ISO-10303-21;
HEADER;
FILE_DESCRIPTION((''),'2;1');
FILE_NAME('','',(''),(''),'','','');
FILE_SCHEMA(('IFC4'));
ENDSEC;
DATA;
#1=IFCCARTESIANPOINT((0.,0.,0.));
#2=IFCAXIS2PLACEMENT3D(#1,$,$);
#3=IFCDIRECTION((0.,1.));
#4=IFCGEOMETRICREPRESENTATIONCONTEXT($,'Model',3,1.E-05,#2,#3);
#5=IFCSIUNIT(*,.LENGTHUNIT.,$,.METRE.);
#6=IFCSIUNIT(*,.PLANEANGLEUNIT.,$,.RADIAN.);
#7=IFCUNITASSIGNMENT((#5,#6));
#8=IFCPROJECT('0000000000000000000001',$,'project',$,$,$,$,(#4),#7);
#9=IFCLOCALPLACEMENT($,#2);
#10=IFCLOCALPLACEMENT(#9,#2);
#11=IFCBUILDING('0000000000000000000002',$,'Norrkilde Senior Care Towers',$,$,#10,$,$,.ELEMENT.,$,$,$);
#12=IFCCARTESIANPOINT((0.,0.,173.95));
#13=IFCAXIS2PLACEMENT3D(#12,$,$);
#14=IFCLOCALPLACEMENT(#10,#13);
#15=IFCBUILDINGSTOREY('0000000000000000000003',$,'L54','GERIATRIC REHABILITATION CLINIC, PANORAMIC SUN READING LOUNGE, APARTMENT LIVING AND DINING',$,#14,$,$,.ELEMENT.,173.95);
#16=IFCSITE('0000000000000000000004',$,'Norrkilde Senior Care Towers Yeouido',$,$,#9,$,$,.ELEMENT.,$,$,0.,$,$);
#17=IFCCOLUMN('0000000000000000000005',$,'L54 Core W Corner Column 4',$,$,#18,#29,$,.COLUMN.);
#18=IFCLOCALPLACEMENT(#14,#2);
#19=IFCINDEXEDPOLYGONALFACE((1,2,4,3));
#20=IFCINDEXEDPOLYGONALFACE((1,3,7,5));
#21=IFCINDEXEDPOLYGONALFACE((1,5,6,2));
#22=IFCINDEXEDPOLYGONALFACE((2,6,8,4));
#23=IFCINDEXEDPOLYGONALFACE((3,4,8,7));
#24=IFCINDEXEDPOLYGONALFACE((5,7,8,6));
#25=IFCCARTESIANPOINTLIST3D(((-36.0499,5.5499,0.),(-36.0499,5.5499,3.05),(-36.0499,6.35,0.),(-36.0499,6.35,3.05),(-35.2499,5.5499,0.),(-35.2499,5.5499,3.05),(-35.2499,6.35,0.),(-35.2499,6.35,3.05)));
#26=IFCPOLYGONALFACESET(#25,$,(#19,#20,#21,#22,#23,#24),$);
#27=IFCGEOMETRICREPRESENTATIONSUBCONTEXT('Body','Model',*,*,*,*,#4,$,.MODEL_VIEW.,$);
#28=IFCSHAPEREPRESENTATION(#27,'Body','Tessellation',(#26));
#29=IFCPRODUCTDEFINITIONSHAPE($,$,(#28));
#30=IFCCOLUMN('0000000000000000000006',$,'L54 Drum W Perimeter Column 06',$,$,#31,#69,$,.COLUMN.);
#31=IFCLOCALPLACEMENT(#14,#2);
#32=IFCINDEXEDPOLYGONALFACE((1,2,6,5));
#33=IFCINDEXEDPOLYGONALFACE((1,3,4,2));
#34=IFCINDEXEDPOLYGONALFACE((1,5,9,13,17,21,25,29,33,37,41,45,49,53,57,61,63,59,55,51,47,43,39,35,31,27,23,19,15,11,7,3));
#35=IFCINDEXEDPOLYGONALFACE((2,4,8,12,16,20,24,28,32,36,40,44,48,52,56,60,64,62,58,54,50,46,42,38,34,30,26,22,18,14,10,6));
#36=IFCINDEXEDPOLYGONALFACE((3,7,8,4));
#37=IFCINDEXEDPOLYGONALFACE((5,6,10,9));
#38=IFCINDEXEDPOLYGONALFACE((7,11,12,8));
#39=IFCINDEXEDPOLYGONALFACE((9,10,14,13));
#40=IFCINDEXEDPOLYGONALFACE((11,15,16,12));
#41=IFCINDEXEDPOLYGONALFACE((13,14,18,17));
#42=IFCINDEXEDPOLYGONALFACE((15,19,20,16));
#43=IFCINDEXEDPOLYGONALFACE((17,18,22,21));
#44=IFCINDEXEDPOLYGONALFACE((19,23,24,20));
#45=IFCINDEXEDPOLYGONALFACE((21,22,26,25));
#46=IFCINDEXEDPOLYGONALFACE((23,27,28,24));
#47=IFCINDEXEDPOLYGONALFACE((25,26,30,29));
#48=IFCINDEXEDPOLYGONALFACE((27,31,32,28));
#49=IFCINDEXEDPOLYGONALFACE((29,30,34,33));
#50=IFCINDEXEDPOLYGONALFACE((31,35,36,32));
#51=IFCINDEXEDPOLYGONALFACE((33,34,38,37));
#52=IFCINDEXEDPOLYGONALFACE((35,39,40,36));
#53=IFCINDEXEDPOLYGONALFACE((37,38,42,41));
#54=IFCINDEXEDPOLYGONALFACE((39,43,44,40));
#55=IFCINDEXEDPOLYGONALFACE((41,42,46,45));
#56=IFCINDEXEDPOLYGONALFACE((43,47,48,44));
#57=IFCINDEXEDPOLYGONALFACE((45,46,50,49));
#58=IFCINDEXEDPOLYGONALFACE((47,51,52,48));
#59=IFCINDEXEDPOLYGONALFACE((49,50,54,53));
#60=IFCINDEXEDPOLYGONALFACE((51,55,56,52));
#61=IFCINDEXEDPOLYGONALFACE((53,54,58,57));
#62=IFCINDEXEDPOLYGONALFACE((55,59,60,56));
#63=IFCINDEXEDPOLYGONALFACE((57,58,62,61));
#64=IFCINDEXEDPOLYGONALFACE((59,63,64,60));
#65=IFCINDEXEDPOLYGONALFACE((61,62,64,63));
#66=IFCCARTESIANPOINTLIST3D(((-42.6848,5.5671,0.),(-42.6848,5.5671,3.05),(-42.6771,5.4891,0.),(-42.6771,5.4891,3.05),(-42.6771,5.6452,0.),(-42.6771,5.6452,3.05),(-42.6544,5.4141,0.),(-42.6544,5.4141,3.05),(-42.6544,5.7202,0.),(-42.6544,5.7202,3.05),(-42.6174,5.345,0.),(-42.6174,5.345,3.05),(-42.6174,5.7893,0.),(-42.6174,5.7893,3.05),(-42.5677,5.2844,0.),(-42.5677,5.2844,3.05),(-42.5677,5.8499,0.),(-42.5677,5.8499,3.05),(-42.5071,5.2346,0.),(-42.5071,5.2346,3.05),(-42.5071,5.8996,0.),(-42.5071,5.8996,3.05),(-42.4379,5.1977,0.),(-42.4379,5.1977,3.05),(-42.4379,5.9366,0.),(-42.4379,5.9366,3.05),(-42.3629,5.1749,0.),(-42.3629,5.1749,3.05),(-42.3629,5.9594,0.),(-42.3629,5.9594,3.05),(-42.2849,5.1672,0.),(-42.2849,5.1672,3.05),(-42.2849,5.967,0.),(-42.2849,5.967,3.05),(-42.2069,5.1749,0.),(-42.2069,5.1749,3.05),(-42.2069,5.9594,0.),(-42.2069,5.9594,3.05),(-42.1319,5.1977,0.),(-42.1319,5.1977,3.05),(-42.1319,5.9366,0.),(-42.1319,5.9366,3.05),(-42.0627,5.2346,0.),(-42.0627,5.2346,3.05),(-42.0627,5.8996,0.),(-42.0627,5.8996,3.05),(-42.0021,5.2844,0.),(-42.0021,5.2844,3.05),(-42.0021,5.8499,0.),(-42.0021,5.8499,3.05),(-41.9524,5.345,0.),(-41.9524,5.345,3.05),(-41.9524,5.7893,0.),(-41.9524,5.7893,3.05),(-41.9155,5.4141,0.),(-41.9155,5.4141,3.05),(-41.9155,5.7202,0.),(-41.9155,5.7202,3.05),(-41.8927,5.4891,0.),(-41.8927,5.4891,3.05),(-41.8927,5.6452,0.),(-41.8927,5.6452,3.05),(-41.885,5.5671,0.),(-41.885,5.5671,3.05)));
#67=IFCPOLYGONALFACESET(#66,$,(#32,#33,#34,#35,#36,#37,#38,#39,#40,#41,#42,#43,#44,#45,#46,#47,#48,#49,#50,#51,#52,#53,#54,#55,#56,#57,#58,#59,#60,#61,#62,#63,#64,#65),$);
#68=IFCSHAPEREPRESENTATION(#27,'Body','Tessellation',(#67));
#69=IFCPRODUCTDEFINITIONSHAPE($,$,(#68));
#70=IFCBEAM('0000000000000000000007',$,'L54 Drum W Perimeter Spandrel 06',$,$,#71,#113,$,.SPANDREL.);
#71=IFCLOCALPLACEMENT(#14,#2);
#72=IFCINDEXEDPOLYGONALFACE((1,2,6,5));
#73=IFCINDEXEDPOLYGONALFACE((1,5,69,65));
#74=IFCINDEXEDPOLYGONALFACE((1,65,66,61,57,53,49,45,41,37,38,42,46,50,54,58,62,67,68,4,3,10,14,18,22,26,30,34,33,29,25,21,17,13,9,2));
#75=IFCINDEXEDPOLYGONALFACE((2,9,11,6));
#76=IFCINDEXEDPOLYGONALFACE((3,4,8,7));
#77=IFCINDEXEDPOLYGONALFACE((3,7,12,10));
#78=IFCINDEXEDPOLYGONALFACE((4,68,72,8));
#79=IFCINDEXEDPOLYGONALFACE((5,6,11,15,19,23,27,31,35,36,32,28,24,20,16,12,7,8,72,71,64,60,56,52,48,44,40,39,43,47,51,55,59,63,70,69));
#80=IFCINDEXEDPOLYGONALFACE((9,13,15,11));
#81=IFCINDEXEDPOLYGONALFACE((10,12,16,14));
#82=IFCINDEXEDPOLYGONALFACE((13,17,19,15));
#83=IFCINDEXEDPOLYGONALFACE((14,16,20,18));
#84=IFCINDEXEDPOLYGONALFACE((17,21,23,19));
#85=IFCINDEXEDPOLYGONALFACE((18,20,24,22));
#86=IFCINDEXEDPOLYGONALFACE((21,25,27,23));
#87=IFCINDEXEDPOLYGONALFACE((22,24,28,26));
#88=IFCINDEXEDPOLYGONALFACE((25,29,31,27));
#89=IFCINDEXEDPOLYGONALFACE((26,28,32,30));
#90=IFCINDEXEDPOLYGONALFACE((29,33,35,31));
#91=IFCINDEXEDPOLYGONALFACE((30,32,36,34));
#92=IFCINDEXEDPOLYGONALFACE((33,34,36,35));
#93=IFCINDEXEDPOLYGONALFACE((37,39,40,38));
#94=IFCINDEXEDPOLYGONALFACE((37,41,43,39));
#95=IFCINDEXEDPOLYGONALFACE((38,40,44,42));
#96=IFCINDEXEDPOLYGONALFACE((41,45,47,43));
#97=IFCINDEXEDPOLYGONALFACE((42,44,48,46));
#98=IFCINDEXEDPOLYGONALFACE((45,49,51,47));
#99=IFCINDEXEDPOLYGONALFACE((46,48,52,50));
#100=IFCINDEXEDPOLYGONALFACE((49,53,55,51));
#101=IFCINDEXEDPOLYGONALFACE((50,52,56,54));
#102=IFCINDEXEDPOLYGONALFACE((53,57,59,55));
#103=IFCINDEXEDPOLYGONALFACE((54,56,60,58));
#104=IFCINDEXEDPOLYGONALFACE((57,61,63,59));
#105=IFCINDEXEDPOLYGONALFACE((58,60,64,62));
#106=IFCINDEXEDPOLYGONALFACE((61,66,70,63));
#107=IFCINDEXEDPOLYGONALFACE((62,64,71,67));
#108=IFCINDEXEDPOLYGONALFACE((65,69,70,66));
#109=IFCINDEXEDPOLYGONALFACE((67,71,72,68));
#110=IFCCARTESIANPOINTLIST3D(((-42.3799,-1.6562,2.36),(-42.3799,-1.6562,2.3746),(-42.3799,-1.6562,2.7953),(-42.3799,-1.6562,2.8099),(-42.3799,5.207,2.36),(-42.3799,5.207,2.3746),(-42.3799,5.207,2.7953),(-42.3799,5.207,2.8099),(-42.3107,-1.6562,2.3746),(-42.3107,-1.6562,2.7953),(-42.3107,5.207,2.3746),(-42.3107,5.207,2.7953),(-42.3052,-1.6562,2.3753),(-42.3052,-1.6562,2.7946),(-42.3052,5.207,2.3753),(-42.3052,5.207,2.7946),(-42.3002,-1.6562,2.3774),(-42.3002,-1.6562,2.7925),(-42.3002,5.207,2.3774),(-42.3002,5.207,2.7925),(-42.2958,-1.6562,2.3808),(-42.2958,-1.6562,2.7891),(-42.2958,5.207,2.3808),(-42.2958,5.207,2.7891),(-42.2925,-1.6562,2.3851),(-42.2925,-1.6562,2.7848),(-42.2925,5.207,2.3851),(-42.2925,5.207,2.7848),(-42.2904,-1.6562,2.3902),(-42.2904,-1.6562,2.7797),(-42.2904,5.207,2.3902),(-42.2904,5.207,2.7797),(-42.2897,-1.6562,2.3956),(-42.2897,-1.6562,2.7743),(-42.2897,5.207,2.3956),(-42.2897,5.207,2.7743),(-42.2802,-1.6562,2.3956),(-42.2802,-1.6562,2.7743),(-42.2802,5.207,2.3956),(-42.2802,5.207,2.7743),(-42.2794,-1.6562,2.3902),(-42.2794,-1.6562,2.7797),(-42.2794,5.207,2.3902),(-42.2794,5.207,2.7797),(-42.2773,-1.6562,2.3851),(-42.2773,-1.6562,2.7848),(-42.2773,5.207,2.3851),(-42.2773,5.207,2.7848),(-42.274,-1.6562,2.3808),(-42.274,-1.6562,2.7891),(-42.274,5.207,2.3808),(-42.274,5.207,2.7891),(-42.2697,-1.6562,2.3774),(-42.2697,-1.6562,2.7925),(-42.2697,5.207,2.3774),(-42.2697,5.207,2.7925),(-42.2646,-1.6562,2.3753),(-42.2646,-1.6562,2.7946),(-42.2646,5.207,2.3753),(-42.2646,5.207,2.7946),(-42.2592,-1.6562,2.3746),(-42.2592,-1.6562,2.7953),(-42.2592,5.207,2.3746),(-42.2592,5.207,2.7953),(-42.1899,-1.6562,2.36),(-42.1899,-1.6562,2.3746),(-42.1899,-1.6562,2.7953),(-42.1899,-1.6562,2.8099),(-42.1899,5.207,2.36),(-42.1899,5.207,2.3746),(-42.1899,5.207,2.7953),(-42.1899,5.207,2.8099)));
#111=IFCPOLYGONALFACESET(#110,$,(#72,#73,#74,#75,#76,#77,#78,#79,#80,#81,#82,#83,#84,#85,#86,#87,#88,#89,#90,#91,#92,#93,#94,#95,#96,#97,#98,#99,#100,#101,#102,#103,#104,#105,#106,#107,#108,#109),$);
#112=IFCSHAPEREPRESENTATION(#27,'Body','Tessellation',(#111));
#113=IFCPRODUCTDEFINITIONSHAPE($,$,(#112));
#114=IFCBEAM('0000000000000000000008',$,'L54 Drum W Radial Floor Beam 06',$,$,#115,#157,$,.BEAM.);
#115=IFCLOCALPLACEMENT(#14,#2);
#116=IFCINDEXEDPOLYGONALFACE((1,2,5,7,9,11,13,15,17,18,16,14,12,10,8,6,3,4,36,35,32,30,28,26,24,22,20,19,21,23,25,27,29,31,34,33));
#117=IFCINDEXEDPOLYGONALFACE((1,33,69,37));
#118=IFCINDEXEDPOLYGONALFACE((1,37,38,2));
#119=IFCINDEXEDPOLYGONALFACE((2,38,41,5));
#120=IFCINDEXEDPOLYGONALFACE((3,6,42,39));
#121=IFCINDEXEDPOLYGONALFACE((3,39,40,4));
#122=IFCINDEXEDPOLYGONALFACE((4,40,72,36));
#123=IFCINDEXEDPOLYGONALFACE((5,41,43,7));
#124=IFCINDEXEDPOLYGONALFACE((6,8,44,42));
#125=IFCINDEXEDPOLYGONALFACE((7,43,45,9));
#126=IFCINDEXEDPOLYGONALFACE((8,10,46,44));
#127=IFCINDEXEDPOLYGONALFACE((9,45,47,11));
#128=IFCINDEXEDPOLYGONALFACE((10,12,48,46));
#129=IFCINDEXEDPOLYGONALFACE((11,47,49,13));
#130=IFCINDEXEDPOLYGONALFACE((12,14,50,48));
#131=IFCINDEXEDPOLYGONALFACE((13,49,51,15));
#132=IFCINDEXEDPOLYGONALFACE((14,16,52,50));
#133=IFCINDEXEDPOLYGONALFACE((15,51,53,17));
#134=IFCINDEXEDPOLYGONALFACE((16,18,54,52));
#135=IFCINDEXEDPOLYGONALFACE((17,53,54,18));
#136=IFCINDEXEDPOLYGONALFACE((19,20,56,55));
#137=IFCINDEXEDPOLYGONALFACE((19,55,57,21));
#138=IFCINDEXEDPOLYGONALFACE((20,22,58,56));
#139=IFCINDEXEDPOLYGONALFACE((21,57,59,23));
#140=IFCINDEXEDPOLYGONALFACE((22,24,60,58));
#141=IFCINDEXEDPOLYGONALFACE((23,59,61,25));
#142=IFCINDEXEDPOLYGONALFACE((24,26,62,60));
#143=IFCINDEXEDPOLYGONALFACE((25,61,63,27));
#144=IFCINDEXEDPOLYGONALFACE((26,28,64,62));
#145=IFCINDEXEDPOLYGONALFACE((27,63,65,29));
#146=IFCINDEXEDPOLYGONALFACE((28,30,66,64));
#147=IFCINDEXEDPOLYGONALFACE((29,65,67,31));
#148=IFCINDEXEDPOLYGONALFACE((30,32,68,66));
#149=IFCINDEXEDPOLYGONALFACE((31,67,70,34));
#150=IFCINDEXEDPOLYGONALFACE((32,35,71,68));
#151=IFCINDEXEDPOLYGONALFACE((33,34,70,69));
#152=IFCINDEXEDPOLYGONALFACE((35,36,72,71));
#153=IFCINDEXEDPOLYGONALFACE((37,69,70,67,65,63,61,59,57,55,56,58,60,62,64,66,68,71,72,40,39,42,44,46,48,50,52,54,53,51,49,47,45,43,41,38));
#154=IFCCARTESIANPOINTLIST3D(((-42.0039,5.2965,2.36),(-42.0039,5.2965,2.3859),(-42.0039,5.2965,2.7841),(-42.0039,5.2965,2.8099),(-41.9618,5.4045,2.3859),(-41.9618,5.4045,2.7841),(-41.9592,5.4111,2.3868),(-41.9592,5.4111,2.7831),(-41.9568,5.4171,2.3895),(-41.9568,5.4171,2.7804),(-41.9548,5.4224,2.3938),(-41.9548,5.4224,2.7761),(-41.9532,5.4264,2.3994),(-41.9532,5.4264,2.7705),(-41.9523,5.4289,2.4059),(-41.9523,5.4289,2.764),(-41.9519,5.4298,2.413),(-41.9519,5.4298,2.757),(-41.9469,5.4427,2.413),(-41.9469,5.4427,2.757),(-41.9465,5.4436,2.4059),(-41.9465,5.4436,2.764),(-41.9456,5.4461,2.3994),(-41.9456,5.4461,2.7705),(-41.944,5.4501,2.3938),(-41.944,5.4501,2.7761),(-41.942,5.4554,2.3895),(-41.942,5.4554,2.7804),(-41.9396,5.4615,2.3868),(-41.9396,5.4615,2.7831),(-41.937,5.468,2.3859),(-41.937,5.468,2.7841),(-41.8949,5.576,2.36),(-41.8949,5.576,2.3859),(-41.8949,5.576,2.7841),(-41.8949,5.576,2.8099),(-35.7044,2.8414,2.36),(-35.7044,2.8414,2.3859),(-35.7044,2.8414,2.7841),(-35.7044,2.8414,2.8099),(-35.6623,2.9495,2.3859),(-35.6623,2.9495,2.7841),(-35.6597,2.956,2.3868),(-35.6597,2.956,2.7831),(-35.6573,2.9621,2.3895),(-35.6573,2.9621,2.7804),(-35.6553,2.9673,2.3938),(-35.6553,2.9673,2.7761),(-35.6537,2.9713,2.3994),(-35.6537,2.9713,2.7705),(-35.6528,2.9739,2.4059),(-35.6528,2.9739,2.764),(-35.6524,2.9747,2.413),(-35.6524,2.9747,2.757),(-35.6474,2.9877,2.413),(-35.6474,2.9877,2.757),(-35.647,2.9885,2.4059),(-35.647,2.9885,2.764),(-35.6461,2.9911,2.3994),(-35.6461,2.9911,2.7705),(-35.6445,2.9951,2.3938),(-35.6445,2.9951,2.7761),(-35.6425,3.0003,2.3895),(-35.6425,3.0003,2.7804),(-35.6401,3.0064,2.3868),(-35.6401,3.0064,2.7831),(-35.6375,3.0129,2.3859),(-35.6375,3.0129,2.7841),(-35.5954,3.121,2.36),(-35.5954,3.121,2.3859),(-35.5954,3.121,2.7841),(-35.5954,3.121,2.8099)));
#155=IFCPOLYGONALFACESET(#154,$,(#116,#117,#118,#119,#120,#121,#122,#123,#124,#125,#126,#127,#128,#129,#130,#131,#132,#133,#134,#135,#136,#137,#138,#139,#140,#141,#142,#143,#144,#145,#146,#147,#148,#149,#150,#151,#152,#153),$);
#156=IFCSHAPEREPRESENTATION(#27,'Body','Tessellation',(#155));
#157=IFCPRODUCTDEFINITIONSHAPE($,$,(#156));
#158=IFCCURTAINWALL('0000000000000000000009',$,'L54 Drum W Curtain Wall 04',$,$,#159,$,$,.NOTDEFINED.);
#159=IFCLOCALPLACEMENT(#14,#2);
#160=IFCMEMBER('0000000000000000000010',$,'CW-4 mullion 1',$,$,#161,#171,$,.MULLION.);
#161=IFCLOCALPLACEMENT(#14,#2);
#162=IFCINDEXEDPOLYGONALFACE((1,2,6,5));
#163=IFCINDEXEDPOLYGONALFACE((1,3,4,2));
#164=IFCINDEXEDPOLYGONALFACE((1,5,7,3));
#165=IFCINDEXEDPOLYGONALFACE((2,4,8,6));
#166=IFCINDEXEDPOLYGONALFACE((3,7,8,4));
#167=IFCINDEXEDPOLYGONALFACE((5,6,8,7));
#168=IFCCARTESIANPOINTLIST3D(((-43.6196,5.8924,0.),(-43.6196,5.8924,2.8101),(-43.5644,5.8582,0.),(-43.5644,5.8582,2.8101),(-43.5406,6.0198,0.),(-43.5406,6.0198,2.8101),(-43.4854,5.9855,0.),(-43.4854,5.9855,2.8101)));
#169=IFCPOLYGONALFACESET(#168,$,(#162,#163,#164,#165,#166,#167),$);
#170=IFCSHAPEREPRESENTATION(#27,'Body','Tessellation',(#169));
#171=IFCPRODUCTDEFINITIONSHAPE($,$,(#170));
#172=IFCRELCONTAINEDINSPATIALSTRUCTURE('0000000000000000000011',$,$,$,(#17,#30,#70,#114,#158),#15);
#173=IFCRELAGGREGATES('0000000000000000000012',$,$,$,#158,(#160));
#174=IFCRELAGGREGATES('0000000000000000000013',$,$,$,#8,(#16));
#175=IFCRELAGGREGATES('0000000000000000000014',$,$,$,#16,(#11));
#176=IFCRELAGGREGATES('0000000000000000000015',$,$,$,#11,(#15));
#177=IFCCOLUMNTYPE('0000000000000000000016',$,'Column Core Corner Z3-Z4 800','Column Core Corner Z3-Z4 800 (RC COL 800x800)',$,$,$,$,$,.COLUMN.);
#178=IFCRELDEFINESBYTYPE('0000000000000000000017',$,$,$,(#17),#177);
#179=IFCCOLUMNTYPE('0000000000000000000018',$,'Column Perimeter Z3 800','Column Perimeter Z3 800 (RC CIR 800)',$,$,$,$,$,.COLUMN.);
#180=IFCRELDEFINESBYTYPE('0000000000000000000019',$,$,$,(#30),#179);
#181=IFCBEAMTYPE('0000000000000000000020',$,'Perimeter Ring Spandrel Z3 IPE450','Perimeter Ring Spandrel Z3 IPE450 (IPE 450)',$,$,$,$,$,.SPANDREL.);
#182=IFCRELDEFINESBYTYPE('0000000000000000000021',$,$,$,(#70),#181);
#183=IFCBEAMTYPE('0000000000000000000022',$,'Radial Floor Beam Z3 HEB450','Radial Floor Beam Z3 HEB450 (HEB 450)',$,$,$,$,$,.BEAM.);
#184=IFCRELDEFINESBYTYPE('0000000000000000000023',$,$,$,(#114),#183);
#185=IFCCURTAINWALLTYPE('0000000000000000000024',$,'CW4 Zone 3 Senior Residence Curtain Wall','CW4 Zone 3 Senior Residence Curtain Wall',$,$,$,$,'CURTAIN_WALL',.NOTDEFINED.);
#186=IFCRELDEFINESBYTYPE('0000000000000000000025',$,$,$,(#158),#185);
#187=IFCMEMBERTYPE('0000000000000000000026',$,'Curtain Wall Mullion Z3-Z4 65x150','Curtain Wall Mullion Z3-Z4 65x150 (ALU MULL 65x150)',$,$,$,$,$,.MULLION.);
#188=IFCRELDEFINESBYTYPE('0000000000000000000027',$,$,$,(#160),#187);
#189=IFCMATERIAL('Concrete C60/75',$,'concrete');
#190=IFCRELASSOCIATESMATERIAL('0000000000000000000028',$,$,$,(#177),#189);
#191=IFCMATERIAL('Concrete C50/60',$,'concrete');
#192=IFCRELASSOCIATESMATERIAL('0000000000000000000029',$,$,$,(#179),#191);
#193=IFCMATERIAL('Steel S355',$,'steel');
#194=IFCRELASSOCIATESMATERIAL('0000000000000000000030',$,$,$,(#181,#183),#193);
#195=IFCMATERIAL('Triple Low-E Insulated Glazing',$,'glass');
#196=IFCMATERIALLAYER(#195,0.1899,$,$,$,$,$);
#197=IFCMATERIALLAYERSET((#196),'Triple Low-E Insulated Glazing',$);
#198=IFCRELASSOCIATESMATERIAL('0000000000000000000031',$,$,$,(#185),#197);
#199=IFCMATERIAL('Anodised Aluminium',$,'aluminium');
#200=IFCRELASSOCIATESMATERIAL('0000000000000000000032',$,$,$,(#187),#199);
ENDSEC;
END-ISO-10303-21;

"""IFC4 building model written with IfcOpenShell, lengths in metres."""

from ifc_helpers import new_model, si_unit, direction, frame, origin, origin_2d, place, context, subcontext, project, spatial, rectangle, circle, i_section, extrude, source, transform, mapped, material, layer, layer_set, material_profile, profile_set, type_object, type_shapes, element, aggregate, save


model = new_model("IFC4")

# Units and contexts
model_context = context("Model", 3, precision=1e-05, world=origin(), true_north=direction((0.0, 1.0)))
body_context = subcontext(model_context, "Body", "Model", "MODEL_VIEW")
ifc_project = project(units=[si_unit("LENGTHUNIT", "METRE"), si_unit("PLANEANGLEUNIT", "RADIAN")], contexts=[model_context])

# Site, building, storey
site_placement = place(None, origin())
site = spatial("IfcSite", under=ifc_project, at=site_placement, Name="Norrkilde Senior Care Towers Yeouido", CompositionType="ELEMENT", RefElevation=0.0)
building_placement = place(site_placement, origin())
building = spatial("IfcBuilding", under=site, at=building_placement, Name="Norrkilde Senior Care Towers", CompositionType="ELEMENT")
storey_placement = place(building_placement, frame((0.0, 0.0, 173.95)))
storey = spatial("IfcBuildingStorey", under=building, at=storey_placement, Name="L54", Description="GERIATRIC REHABILITATION CLINIC, PANORAMIC SUN READING LOUNGE, APARTMENT LIVING AND DINING", CompositionType="ELEMENT", Elevation=173.95)

# Columns
ifc_material_1 = material(Name="Concrete C60/75", Category="concrete")
ifc_material_profile_1 = material_profile(ifc_material_1, rectangle(XDim=0.8, YDim=0.8, at=origin_2d()), Name="RC COL 800x800")
ifc_profile_set_1 = profile_set([ifc_material_profile_1], Name="Concrete C60/75")
column_type_1 = type_object("IfcColumnType", Name="Column Core Corner Z3-Z4 800", Description="Column Core Corner Z3-Z4 800 (RC COL 800x800)", PredefinedType="COLUMN", material=ifc_profile_set_1)
shared_shape_1 = source(origin(), body_context, "Body", "SweptSolid", [
    extrude(rectangle(XDim=0.8, YDim=0.8, at=origin_2d()), origin(), (0.0, 0.0, 1.0), 3.05),
])
type_shapes(column_type_1, [shared_shape_1])
column_1_placement = place(storey_placement, frame((-35.6499, 5.95, 0.0), z_axis=(0.0, 0.0, 1.0), x_axis=(1.0, 0.0, 0.0)))
element("IfcColumn", 1, at=column_1_placement, inside=storey, type_object=column_type_1, Name="L54 Core W Corner Column 4", PredefinedType="COLUMN", context=body_context, shape_type="MappedRepresentation", body=[
    mapped(shared_shape_1, transform((0.0, 0.0, 0.0), x_axis=(1.0, 0.0, 0.0), y_axis=(0.0, 1.0, 0.0), z_axis=(0.0, 0.0, 1.0), scale=1.0)),
])
ifc_material_2 = material(Name="Concrete C50/60", Category="concrete")
ifc_material_profile_2 = material_profile(ifc_material_2, circle(Radius=0.3999, at=origin_2d()), Name="RC CIR 800")
ifc_profile_set_2 = profile_set([ifc_material_profile_2], Name="Concrete C50/60")
column_type_2 = type_object("IfcColumnType", Name="Column Perimeter Z3 800", Description="Column Perimeter Z3 800 (RC CIR 800)", PredefinedType="COLUMN", material=ifc_profile_set_2)
shared_shape_2 = source(origin(), body_context, "Body", "SweptSolid", [
    extrude(circle(Radius=0.3999, at=origin_2d()), origin(), (0.0, 0.0, 1.0), 3.05),
])
type_shapes(column_type_2, [shared_shape_2])
column_2_placement = place(storey_placement, frame((-42.2849, 5.5671, 0.0), z_axis=(0.0, 0.0, 1.0), x_axis=(1.0, 0.0, 0.0)))
element("IfcColumn", 2, at=column_2_placement, inside=storey, type_object=column_type_2, Name="L54 Drum W Perimeter Column 06", PredefinedType="COLUMN", context=body_context, shape_type="MappedRepresentation", body=[
    mapped(shared_shape_2, transform((0.0, 0.0, 0.0), x_axis=(1.0, 0.0, 0.0), y_axis=(0.0, 1.0, 0.0), z_axis=(0.0, 0.0, 1.0), scale=1.0)),
])

# Beams
ifc_material_3 = material(Name="Steel S355", Category="steel")
ifc_material_profile_3 = material_profile(ifc_material_3, i_section(OverallWidth=0.1899, OverallDepth=0.45, WebThickness=0.0095, FlangeThickness=0.0146, FilletRadius=0.021, at=origin_2d()), Name="IPE 450")
ifc_profile_set_3 = profile_set([ifc_material_profile_3], Name="Steel S355")
beam_type_1 = type_object("IfcBeamType", Name="Perimeter Ring Spandrel Z3 IPE450", Description="Perimeter Ring Spandrel Z3 IPE450 (IPE 450)", PredefinedType="SPANDREL", material=ifc_profile_set_3)
shared_shape_3 = source(origin(), body_context, "Body", "SweptSolid", [
    extrude(i_section(OverallWidth=0.1899, OverallDepth=0.45, WebThickness=0.0095, FlangeThickness=0.0146, FilletRadius=0.021, at=origin_2d()), origin(), (0.0, 0.0, 1.0), 6.8633),
])
type_shapes(beam_type_1, [shared_shape_3])
beam_1_placement = place(storey_placement, frame((-42.2849, 5.207, 2.585), z_axis=(0.0, -1.0, 0.0), x_axis=(1.0, 0.0, 0.0)))
element("IfcBeam", 3, at=beam_1_placement, inside=storey, type_object=beam_type_1, Name="L54 Drum W Perimeter Spandrel 06", PredefinedType="SPANDREL", context=body_context, shape_type="MappedRepresentation", body=[
    mapped(shared_shape_3, transform((0.0, 0.0, 0.0), x_axis=(1.0, 0.0, 0.0), y_axis=(0.0, 1.0, 0.0), z_axis=(0.0, 0.0, 1.0), scale=1.0)),
])
ifc_material_profile_4 = material_profile(ifc_material_3, i_section(OverallWidth=0.3, OverallDepth=0.45, WebThickness=0.0139, FlangeThickness=0.0259, FilletRadius=0.0271, at=origin_2d()), Name="HEB 450")
ifc_profile_set_4 = profile_set([ifc_material_profile_4], Name="Steel S355")
beam_type_2 = type_object("IfcBeamType", Name="Radial Floor Beam Z3 HEB450", Description="Radial Floor Beam Z3 HEB450 (HEB 450)", PredefinedType="BEAM", material=ifc_profile_set_4)
shared_shape_4 = source(origin(), body_context, "Body", "SweptSolid", [
    extrude(i_section(OverallWidth=0.3, OverallDepth=0.45, WebThickness=0.0139, FlangeThickness=0.0259, FilletRadius=0.0271, at=origin_2d()), origin(), (0.0, 0.0, 1.0), 6.761),
])
type_shapes(beam_type_2, [shared_shape_4])
beam_2_placement = place(storey_placement, frame((-35.6499, 2.9812, 2.585), z_axis=(-0.931742, 0.363121, 0.0), x_axis=(-0.363121, -0.931742, 0.0)))
element("IfcBeam", 4, at=beam_2_placement, inside=storey, type_object=beam_type_2, Name="L54 Drum W Radial Floor Beam 06", PredefinedType="BEAM", context=body_context, shape_type="MappedRepresentation", body=[
    mapped(shared_shape_4, transform((0.0, 0.0, 0.0), x_axis=(1.0, 0.0, 0.0), y_axis=(0.0, 1.0, 0.0), z_axis=(0.0, 0.0, 1.0), scale=1.0)),
])

# Curtain wall, member
ifc_material_4 = material(Name="Triple Low-E Insulated Glazing", Category="glass")
ifc_layer_1 = layer(ifc_material_4, 0.1899)
ifc_layer_set_1 = layer_set([ifc_layer_1], Name="Triple Low-E Insulated Glazing")
curtain_wall_type = type_object("IfcCurtainWallType", Name="CW4 Zone 3 Senior Residence Curtain Wall", Description="CW4 Zone 3 Senior Residence Curtain Wall", ElementType="CURTAIN_WALL", PredefinedType="NOTDEFINED", material=ifc_layer_set_1)
curtain_wall_1_placement = place(storey_placement, origin())
curtain_wall_1 = element("IfcCurtainWall", 5, at=curtain_wall_1_placement, inside=storey, type_object=curtain_wall_type, Name="L54 Drum W Curtain Wall 04", PredefinedType="NOTDEFINED")
ifc_material_5 = material(Name="Anodised Aluminium", Category="aluminium")
ifc_material_profile_5 = material_profile(ifc_material_5, rectangle(XDim=0.0649, YDim=0.1499, at=origin_2d()), Name="ALU MULL 65x150")
ifc_profile_set_5 = profile_set([ifc_material_profile_5], Name="Anodised Aluminium")
member_type = type_object("IfcMemberType", Name="Curtain Wall Mullion Z3-Z4 65x150", Description="Curtain Wall Mullion Z3-Z4 65x150 (ALU MULL 65x150)", PredefinedType="MULLION", material=ifc_profile_set_5)
shared_shape_5 = source(origin(), body_context, "Body", "SweptSolid", [
    extrude(rectangle(XDim=0.0649, YDim=0.1499, at=origin_2d()), origin(), (0.0, 0.0, 1.0), 2.8101),
])
type_shapes(member_type, [shared_shape_5])
member_1_placement = place(storey_placement, frame((-43.5525, 5.939, 0.0), z_axis=(0.0, 0.0, 1.0), x_axis=(-0.849634, 0.527373, 0.0)))
member_1 = element("IfcMember", 6, at=member_1_placement, type_object=member_type, Name="CW-4 mullion 1", PredefinedType="MULLION", context=body_context, shape_type="MappedRepresentation", body=[
    mapped(shared_shape_5, transform((0.0, 0.0, 0.0), x_axis=(1.0, 0.0, 0.0), y_axis=(0.0, 1.0, 0.0), z_axis=(0.0, 0.0, 1.0), scale=1.0)),
])
aggregate(curtain_wall_1, [member_1])

save(model, "model.ifc")
